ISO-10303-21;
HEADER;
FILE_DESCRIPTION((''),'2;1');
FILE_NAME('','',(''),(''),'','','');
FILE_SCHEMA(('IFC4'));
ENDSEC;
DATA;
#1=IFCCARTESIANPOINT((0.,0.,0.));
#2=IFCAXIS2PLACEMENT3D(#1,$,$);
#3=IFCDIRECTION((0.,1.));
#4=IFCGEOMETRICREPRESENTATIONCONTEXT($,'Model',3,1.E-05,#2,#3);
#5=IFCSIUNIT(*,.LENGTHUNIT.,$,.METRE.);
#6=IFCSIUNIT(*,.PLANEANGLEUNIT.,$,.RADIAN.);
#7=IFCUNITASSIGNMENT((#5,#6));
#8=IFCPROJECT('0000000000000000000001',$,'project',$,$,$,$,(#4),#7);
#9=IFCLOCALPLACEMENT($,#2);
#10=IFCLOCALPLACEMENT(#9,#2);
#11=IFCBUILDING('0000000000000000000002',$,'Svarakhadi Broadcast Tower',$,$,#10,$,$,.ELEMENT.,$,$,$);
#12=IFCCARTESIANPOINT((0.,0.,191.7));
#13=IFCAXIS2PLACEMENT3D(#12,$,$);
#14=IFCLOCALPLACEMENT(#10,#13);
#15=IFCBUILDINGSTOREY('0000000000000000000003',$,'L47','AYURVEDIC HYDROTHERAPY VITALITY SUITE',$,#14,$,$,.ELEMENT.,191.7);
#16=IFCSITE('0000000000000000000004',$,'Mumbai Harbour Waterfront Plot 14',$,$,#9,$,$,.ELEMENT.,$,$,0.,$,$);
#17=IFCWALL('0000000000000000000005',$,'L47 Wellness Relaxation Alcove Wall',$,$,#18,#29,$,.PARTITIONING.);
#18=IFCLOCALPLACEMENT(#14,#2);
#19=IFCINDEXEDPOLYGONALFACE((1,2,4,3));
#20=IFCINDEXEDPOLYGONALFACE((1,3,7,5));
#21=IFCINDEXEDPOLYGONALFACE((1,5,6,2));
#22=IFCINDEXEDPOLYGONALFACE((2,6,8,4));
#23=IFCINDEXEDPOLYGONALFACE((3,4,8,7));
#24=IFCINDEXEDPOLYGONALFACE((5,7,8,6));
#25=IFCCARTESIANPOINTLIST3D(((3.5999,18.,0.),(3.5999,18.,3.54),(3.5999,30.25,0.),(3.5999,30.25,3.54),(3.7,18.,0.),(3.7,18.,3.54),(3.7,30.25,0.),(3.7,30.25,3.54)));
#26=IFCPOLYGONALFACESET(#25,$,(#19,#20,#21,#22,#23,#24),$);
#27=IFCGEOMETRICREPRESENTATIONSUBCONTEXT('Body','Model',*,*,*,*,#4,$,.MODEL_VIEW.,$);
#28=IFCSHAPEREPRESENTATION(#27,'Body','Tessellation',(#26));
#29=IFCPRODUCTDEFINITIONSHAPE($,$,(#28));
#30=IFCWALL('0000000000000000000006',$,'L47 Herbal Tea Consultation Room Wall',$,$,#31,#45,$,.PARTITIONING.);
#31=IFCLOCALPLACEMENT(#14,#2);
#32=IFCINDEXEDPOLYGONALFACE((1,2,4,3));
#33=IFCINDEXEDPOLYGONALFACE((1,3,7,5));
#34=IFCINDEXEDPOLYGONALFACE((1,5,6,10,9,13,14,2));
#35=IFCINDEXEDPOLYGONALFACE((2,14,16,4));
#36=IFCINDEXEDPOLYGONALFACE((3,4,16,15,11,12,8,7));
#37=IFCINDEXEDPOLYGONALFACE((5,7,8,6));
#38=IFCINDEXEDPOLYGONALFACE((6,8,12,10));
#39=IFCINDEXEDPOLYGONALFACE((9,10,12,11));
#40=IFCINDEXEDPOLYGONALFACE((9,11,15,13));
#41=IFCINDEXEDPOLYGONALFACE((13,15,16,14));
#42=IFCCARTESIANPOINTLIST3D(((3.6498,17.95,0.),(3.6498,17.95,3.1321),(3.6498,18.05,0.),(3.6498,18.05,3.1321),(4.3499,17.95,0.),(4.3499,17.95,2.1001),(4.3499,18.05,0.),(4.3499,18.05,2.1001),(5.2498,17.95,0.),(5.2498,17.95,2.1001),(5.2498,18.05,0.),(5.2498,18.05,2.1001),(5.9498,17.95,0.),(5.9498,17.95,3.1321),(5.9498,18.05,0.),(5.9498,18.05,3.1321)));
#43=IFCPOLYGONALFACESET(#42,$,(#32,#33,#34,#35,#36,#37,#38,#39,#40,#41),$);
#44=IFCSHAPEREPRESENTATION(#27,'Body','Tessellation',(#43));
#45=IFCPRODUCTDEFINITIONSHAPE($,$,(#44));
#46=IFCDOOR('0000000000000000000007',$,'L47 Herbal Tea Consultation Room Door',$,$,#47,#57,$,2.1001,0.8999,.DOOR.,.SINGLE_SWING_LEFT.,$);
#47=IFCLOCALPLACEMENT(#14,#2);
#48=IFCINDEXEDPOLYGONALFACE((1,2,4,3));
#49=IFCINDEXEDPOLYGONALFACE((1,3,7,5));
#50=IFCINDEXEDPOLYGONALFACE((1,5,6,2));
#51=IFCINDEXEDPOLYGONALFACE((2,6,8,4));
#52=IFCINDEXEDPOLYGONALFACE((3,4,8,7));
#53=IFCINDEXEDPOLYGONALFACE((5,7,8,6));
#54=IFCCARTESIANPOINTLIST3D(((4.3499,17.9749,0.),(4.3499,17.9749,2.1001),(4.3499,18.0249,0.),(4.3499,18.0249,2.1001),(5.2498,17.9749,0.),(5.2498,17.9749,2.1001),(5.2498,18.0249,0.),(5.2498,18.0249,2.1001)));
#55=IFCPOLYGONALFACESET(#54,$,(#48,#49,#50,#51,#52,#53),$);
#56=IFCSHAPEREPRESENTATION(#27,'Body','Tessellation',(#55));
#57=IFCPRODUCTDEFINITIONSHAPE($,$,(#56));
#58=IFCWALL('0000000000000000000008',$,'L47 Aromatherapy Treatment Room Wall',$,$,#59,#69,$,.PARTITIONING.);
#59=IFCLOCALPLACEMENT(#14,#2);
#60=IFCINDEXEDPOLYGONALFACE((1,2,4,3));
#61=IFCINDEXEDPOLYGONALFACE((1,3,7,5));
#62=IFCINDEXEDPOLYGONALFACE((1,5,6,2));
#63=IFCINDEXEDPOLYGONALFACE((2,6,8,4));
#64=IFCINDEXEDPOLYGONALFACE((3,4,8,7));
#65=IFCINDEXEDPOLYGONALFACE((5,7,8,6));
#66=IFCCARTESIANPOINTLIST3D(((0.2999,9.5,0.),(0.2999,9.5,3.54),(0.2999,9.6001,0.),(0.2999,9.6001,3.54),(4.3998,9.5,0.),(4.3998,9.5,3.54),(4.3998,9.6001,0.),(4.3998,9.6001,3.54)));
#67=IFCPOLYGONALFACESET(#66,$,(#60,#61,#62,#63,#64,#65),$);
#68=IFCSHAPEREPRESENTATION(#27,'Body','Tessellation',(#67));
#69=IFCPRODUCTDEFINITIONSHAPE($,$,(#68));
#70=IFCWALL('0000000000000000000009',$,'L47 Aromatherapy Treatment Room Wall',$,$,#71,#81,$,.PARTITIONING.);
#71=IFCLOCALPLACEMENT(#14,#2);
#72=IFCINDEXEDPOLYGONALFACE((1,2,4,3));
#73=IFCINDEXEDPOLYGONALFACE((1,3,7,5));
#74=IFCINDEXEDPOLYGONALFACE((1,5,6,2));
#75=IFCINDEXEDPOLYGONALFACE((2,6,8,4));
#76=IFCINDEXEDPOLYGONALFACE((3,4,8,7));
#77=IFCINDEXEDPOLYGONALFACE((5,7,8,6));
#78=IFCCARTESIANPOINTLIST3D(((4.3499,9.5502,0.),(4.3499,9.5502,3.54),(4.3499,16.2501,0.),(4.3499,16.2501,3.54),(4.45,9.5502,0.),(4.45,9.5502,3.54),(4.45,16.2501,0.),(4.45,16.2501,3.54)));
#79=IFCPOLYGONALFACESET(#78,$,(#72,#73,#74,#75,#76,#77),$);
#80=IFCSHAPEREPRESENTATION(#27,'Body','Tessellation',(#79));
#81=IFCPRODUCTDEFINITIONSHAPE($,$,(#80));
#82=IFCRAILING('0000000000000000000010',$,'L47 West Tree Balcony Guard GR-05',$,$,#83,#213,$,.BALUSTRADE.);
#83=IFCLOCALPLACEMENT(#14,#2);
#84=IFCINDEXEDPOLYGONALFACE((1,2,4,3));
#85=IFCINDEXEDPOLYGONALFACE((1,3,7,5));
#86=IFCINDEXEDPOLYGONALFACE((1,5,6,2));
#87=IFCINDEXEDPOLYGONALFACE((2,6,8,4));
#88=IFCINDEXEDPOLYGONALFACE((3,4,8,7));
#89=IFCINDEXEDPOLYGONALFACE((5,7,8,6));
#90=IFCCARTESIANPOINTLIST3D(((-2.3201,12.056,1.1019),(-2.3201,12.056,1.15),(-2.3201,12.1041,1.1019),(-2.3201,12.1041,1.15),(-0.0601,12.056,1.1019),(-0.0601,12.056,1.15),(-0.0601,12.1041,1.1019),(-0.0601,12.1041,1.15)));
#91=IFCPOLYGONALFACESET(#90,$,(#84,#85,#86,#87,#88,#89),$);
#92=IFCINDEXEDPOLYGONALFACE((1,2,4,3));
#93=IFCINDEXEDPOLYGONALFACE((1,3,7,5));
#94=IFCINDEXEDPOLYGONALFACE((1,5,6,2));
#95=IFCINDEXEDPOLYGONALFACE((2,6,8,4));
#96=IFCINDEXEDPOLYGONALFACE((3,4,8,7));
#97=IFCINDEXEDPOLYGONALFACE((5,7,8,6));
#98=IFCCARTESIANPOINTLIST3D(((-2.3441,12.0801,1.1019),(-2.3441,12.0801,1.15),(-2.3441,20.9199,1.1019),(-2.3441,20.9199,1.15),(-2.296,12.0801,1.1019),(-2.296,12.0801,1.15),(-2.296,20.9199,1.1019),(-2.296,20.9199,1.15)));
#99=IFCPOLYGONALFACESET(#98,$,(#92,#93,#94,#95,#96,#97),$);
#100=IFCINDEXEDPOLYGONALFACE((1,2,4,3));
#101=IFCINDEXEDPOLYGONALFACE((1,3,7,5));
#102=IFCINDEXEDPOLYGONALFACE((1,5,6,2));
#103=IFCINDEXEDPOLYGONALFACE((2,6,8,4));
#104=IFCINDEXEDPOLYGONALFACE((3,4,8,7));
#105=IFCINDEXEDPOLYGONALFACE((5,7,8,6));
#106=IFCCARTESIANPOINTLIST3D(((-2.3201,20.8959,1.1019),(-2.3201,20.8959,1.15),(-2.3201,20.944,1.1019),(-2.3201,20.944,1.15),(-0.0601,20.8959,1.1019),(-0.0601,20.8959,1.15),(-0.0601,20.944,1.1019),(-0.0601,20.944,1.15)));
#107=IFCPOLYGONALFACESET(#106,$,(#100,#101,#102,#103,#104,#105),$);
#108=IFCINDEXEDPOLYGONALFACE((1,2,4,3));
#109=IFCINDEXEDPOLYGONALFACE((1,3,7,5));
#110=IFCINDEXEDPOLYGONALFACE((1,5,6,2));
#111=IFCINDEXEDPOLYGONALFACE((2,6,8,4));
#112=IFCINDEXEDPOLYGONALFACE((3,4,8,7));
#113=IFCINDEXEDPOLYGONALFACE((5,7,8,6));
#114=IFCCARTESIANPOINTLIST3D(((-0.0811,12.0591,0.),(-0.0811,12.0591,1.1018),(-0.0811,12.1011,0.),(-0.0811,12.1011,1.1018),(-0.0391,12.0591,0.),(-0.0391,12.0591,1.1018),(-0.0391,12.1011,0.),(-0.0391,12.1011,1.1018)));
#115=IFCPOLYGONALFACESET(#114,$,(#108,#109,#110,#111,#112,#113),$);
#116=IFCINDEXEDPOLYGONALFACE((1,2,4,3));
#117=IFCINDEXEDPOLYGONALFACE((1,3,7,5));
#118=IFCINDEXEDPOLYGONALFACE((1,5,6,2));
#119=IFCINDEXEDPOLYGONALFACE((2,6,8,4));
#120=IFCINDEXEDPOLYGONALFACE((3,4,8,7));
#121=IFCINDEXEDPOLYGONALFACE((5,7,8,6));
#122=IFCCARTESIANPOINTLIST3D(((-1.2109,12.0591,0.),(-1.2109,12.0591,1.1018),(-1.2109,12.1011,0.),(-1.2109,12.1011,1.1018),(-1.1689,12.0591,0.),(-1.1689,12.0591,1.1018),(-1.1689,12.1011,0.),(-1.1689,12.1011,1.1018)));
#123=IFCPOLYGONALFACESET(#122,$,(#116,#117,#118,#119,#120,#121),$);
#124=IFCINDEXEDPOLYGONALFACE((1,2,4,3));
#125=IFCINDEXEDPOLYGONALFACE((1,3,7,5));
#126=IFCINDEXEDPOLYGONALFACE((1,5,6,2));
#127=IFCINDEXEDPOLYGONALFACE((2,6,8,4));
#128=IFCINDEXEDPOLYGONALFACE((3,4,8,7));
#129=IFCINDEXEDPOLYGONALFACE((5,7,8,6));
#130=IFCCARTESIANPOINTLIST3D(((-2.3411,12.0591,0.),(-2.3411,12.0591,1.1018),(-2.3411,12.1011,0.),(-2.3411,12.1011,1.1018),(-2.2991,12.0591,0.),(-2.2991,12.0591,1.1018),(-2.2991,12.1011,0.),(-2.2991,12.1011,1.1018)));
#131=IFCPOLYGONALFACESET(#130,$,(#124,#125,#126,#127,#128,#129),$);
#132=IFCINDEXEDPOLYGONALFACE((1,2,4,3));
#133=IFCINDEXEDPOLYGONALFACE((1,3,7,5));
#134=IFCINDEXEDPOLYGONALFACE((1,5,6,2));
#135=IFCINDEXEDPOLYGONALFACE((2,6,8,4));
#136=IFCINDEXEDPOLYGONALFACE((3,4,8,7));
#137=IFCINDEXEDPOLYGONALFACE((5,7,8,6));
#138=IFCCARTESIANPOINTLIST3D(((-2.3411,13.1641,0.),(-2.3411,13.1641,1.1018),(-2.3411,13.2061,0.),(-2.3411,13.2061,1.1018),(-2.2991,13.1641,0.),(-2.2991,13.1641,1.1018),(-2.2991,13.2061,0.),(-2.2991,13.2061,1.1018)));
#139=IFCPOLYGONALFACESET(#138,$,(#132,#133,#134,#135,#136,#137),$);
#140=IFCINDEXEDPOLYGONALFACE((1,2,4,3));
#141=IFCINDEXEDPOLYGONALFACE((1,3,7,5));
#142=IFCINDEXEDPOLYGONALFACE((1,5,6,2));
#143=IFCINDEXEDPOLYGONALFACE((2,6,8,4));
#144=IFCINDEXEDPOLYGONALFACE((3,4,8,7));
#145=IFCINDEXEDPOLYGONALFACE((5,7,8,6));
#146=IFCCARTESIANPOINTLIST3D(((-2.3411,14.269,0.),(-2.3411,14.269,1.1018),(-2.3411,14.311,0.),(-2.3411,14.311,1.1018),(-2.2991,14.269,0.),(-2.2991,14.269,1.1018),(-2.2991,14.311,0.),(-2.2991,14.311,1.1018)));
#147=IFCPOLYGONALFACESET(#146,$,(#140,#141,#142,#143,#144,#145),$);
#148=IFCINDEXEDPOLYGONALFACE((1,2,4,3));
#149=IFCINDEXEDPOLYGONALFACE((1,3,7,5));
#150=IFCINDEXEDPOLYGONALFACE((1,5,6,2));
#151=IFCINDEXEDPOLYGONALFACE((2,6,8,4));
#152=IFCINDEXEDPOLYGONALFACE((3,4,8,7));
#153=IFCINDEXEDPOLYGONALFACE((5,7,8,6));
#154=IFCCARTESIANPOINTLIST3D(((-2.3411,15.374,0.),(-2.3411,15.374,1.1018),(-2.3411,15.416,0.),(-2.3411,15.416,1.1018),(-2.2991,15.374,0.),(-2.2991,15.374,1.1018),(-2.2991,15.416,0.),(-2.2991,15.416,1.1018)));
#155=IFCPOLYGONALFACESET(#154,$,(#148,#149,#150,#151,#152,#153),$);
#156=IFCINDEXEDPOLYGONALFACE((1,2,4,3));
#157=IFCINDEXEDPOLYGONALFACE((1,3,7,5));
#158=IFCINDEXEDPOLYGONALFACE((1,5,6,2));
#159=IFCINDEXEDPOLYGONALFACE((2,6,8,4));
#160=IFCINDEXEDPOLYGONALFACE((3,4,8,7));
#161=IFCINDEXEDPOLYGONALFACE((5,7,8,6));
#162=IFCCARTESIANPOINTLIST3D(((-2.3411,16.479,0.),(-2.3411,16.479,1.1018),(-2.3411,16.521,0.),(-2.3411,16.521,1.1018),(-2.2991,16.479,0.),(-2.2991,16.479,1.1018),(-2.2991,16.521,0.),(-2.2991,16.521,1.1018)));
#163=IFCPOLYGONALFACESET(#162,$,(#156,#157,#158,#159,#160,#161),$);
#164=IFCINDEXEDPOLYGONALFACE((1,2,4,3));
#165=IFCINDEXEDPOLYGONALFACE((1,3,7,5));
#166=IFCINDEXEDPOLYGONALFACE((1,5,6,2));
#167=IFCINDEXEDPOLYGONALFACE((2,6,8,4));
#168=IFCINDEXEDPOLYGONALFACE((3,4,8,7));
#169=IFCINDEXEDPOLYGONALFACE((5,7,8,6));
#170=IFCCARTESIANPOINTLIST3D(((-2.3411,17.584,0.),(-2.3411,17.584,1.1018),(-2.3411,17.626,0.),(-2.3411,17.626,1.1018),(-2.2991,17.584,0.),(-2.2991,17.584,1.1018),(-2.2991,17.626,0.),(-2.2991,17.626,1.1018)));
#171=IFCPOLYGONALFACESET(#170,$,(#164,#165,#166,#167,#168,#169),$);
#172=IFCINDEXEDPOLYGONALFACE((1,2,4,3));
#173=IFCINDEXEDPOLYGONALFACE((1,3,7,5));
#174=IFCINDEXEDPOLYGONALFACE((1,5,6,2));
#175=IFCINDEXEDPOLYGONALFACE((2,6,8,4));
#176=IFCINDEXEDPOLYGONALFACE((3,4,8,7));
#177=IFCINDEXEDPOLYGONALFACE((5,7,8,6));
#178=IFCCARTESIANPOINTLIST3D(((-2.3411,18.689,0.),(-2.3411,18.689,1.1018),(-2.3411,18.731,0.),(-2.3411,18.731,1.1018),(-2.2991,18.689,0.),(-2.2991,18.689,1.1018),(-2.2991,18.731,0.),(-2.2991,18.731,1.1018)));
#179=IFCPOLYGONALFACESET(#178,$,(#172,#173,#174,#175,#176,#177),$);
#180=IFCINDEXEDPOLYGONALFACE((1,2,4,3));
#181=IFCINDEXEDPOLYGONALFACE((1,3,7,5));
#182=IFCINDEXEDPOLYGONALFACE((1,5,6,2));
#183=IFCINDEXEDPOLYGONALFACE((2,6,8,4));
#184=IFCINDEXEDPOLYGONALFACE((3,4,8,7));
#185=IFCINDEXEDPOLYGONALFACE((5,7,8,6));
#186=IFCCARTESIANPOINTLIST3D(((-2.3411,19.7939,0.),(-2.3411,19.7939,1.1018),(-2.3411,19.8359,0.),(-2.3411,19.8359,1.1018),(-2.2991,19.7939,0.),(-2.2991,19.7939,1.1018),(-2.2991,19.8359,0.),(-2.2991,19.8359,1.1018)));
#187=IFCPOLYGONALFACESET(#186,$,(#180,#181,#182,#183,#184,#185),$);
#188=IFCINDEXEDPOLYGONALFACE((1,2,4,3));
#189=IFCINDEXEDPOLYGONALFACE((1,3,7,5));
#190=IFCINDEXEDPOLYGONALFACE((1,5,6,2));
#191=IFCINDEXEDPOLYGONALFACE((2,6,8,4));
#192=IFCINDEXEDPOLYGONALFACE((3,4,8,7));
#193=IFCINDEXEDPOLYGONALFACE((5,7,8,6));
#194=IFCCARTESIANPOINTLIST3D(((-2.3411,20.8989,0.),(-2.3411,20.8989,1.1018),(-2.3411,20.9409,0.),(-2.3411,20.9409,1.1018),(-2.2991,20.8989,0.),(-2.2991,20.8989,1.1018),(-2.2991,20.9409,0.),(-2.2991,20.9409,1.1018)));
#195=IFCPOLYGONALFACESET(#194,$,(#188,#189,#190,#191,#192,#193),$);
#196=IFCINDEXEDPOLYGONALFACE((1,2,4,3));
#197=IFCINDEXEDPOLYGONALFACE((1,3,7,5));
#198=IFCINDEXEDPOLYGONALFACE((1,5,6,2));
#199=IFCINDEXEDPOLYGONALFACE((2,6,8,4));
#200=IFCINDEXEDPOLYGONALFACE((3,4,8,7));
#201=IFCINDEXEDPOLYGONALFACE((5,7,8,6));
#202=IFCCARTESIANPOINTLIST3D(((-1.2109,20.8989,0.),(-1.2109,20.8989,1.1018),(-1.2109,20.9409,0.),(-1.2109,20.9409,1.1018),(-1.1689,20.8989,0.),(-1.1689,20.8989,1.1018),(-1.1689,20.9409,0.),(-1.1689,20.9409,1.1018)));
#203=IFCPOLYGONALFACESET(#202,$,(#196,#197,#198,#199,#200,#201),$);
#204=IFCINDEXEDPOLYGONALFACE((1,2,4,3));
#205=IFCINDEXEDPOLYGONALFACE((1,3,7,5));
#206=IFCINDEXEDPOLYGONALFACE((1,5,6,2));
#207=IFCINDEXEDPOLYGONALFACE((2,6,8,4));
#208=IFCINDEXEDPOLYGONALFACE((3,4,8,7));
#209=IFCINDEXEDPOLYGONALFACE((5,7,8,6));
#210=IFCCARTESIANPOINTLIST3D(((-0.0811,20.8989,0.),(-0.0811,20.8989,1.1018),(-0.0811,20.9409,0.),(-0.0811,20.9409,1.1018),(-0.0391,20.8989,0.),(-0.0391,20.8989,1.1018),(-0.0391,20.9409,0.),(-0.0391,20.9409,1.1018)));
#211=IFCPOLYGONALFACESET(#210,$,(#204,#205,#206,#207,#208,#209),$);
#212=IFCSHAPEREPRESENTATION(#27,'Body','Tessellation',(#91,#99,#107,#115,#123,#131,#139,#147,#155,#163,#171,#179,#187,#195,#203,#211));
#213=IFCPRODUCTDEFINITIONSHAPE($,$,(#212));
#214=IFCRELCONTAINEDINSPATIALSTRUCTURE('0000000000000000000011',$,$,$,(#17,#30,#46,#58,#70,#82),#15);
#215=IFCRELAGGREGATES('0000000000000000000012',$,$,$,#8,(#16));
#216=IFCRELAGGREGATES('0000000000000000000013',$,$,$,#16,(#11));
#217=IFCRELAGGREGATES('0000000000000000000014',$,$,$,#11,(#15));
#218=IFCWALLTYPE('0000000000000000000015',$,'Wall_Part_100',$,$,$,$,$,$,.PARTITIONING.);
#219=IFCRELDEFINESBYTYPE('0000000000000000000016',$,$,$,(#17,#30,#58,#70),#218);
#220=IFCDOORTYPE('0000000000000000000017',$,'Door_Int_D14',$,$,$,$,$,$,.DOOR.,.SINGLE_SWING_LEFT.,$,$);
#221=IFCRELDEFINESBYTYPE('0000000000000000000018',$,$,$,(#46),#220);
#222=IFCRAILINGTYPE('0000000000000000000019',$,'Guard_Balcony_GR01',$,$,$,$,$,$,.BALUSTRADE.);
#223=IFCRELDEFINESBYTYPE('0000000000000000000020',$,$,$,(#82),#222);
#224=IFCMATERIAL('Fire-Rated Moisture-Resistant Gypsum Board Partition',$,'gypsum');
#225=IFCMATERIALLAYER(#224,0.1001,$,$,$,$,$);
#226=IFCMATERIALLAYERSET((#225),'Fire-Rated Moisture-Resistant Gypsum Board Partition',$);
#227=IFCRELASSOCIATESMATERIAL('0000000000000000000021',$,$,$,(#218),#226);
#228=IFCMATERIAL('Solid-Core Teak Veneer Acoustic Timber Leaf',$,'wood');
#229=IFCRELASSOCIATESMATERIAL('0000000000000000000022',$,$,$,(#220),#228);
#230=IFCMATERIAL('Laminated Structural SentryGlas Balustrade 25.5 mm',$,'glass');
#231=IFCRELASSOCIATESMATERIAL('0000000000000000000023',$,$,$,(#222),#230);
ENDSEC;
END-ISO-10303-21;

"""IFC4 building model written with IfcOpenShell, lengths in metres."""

from ifc_helpers import new_model, si_unit, direction, frame, frame_2d, origin, origin_2d, place, context, subcontext, project, spatial, rectangle, extrude, material, layer, layer_set, type_object, element, fill, save


model = new_model("IFC4")

# Units and contexts
model_context = context("Model", 3, precision=1e-05, world=origin(), true_north=direction((0.0, 1.0)))
body_context = subcontext(model_context, "Body", "Model", "MODEL_VIEW")
ifc_project = project(units=[si_unit("LENGTHUNIT", "METRE"), si_unit("PLANEANGLEUNIT", "RADIAN")], contexts=[model_context])

# Site, building, storey
site_placement = place(None, origin())
site = spatial("IfcSite", under=ifc_project, at=site_placement, Name="Mumbai Harbour Waterfront Plot 14", CompositionType="ELEMENT", RefElevation=0.0)
building_placement = place(site_placement, origin())
building = spatial("IfcBuilding", under=site, at=building_placement, Name="Svarakhadi Broadcast Tower", CompositionType="ELEMENT")
storey_placement = place(building_placement, frame((0.0, 0.0, 191.7)))
storey = spatial("IfcBuildingStorey", under=building, at=storey_placement, Name="L47", Description="AYURVEDIC HYDROTHERAPY VITALITY SUITE", CompositionType="ELEMENT", Elevation=191.7)

# Shared definitions
ifc_material_1 = material(Name="Fire-Rated Moisture-Resistant Gypsum Board Partition", Category="gypsum")
ifc_layer_1 = layer(ifc_material_1, 0.1001)
ifc_layer_set_1 = layer_set([ifc_layer_1], Name="Fire-Rated Moisture-Resistant Gypsum Board Partition")
wall_type_1 = type_object("IfcWallType", Name="Wall_Part_100", PredefinedType="PARTITIONING", material=ifc_layer_set_1)
ifc_material_2 = material(Name="Solid-Core Teak Veneer Acoustic Timber Leaf", Category="wood")

# Wall
wall_1_placement = place(storey_placement, frame((3.6499, 18.0, 0.0), z_axis=(0.0, 0.0, 1.0), x_axis=(0.0, 1.0, 0.0)))
element("IfcWall", 1, at=wall_1_placement, inside=storey, type_object=wall_type_1, Name="L47 Wellness Relaxation Alcove Wall", PredefinedType="PARTITIONING", context=body_context, shape_type="SweptSolid", body=[
    extrude(rectangle(XDim=12.25, YDim=0.1001, at=frame_2d((6.125, 0.0))), origin(), (0.0, 0.0, 1.0), 3.54),
])

# Wall, opening, door
wall_2_placement = place(storey_placement, frame((3.6499, 18.0, 0.0), z_axis=(0.0, 0.0, 1.0), x_axis=(1.0, 0.0, 0.0)))
wall_2 = element("IfcWall", 2, at=wall_2_placement, inside=storey, type_object=wall_type_1, Name="L47 Herbal Tea Consultation Room Wall", PredefinedType="PARTITIONING", context=body_context, shape_type="SweptSolid", body=[
    extrude(rectangle(XDim=2.3, YDim=0.1001, at=frame_2d((1.1499, 0.0))), origin(), (0.0, 0.0, 1.0), 3.1321),
])
opening_1_placement = place(wall_2_placement, frame((0.7, 0.0, 0.0)))
opening_1 = element("IfcOpeningElement", 3, at=opening_1_placement, cuts=wall_2, PredefinedType="OPENING", context=body_context, shape_type="SweptSolid", body=[
    extrude(rectangle(XDim=0.8999, YDim=2.1001, at=frame_2d((0.45, 1.05))), frame((0.0, 0.0601, 0.0), z_axis=(0.0, -1.0, 0.0), x_axis=(1.0, 0.0, 0.0)), (0.0, 0.0, 1.0), 0.1201),
])
door_type_1 = type_object("IfcDoorType", Name="Door_Int_D14", OperationType="SINGLE_SWING_LEFT", PredefinedType="DOOR", material=ifc_material_2)
door_1_placement = place(opening_1_placement, origin())
door_1 = element("IfcDoor", 4, at=door_1_placement, inside=storey, type_object=door_type_1, Name="L47 Herbal Tea Consultation Room Door", OperationType="SINGLE_SWING_LEFT", OverallHeight=2.1001, OverallWidth=0.8999, PredefinedType="DOOR", context=body_context, shape_type="SweptSolid", body=[
    extrude(rectangle(XDim=0.8999, YDim=2.1001, at=frame_2d((0.45, 1.05))), frame((0.0, 0.0249, 0.0), z_axis=(0.0, -1.0, 0.0), x_axis=(1.0, 0.0, 0.0)), (0.0, 0.0, 1.0), 0.05),
])
fill(opening_1, door_1)

# Walls
wall_3_placement = place(storey_placement, frame((0.3, 9.55, 0.0), z_axis=(0.0, 0.0, 1.0), x_axis=(1.0, 0.0, 0.0)))
element("IfcWall", 5, at=wall_3_placement, inside=storey, type_object=wall_type_1, Name="L47 Aromatherapy Treatment Room Wall", PredefinedType="PARTITIONING", context=body_context, shape_type="SweptSolid", body=[
    extrude(rectangle(XDim=4.0999, YDim=0.1001, at=frame_2d((2.0498, 0.0))), origin(), (0.0, 0.0, 1.0), 3.54),
])
wall_4_placement = place(storey_placement, frame((4.3999, 9.55, 0.0), z_axis=(0.0, 0.0, 1.0), x_axis=(0.0, 1.0, 0.0)))
element("IfcWall", 6, at=wall_4_placement, inside=storey, type_object=wall_type_1, Name="L47 Aromatherapy Treatment Room Wall", PredefinedType="PARTITIONING", context=body_context, shape_type="SweptSolid", body=[
    extrude(rectangle(XDim=6.7, YDim=0.1001, at=frame_2d((3.3501, 0.0))), origin(), (0.0, 0.0, 1.0), 3.54),
])

# Railing
ifc_material_3 = material(Name="Laminated Structural SentryGlas Balustrade 25.5 mm", Category="glass")
railing_type = type_object("IfcRailingType", Name="Guard_Balcony_GR01", PredefinedType="BALUSTRADE", material=ifc_material_3)
railing_placement = place(storey_placement, frame((-0.0601, 12.0801, 0.0)))
element("IfcRailing", 7, at=railing_placement, inside=storey, type_object=railing_type, Name="L47 West Tree Balcony Guard GR-05", PredefinedType="BALUSTRADE", context=body_context, shape_type="SweptSolid", body=[
    extrude(rectangle(XDim=0.0481, YDim=0.0481, at=origin_2d()), frame((0.0, 0.0, 1.126), z_axis=(-1.0, 0.0, 0.0), x_axis=(0.0, -1.0, 0.0)), (0.0, 0.0, 1.0), 2.26),
    extrude(rectangle(XDim=0.0481, YDim=0.0481, at=origin_2d()), frame((-2.26, 0.0, 1.126), z_axis=(0.0, 1.0, 0.0), x_axis=(-1.0, 0.0, 0.0)), (0.0, 0.0, 1.0), 8.8398),
    extrude(rectangle(XDim=0.0481, YDim=0.0481, at=origin_2d()), frame((-2.26, 8.8398, 1.126), z_axis=(1.0, 0.0, 0.0), x_axis=(0.0, 1.0, 0.0)), (0.0, 0.0, 1.0), 2.26),
    extrude(rectangle(XDim=0.042, YDim=0.042, at=origin_2d()), origin(), (0.0, 0.0, 1.0), 1.1018),
    extrude(rectangle(XDim=0.042, YDim=0.042, at=origin_2d()), frame((-1.1299, 0.0, 0.0)), (0.0, 0.0, 1.0), 1.1018),
    extrude(rectangle(XDim=0.042, YDim=0.042, at=origin_2d()), frame((-2.26, 0.0, 0.0)), (0.0, 0.0, 1.0), 1.1018),
    extrude(rectangle(XDim=0.042, YDim=0.042, at=origin_2d()), frame((-2.26, 1.105, 0.0)), (0.0, 0.0, 1.0), 1.1018),
    extrude(rectangle(XDim=0.042, YDim=0.042, at=origin_2d()), frame((-2.26, 2.21, 0.0)), (0.0, 0.0, 1.0), 1.1018),
    extrude(rectangle(XDim=0.042, YDim=0.042, at=origin_2d()), frame((-2.26, 3.3149, 0.0)), (0.0, 0.0, 1.0), 1.1018),
    extrude(rectangle(XDim=0.042, YDim=0.042, at=origin_2d()), frame((-2.26, 4.4199, 0.0)), (0.0, 0.0, 1.0), 1.1018),
    extrude(rectangle(XDim=0.042, YDim=0.042, at=origin_2d()), frame((-2.26, 5.5249, 0.0)), (0.0, 0.0, 1.0), 1.1018),
    extrude(rectangle(XDim=0.042, YDim=0.042, at=origin_2d()), frame((-2.26, 6.6299, 0.0)), (0.0, 0.0, 1.0), 1.1018),
    extrude(rectangle(XDim=0.042, YDim=0.042, at=origin_2d()), frame((-2.26, 7.7349, 0.0)), (0.0, 0.0, 1.0), 1.1018),
    extrude(rectangle(XDim=0.042, YDim=0.042, at=origin_2d()), frame((-2.26, 8.8398, 0.0)), (0.0, 0.0, 1.0), 1.1018),
    extrude(rectangle(XDim=0.042, YDim=0.042, at=origin_2d()), frame((-1.1299, 8.8398, 0.0)), (0.0, 0.0, 1.0), 1.1018),
    extrude(rectangle(XDim=0.042, YDim=0.042, at=origin_2d()), frame((0.0, 8.8398, 0.0)), (0.0, 0.0, 1.0), 1.1018),
])

save(model, "model.ifc")
